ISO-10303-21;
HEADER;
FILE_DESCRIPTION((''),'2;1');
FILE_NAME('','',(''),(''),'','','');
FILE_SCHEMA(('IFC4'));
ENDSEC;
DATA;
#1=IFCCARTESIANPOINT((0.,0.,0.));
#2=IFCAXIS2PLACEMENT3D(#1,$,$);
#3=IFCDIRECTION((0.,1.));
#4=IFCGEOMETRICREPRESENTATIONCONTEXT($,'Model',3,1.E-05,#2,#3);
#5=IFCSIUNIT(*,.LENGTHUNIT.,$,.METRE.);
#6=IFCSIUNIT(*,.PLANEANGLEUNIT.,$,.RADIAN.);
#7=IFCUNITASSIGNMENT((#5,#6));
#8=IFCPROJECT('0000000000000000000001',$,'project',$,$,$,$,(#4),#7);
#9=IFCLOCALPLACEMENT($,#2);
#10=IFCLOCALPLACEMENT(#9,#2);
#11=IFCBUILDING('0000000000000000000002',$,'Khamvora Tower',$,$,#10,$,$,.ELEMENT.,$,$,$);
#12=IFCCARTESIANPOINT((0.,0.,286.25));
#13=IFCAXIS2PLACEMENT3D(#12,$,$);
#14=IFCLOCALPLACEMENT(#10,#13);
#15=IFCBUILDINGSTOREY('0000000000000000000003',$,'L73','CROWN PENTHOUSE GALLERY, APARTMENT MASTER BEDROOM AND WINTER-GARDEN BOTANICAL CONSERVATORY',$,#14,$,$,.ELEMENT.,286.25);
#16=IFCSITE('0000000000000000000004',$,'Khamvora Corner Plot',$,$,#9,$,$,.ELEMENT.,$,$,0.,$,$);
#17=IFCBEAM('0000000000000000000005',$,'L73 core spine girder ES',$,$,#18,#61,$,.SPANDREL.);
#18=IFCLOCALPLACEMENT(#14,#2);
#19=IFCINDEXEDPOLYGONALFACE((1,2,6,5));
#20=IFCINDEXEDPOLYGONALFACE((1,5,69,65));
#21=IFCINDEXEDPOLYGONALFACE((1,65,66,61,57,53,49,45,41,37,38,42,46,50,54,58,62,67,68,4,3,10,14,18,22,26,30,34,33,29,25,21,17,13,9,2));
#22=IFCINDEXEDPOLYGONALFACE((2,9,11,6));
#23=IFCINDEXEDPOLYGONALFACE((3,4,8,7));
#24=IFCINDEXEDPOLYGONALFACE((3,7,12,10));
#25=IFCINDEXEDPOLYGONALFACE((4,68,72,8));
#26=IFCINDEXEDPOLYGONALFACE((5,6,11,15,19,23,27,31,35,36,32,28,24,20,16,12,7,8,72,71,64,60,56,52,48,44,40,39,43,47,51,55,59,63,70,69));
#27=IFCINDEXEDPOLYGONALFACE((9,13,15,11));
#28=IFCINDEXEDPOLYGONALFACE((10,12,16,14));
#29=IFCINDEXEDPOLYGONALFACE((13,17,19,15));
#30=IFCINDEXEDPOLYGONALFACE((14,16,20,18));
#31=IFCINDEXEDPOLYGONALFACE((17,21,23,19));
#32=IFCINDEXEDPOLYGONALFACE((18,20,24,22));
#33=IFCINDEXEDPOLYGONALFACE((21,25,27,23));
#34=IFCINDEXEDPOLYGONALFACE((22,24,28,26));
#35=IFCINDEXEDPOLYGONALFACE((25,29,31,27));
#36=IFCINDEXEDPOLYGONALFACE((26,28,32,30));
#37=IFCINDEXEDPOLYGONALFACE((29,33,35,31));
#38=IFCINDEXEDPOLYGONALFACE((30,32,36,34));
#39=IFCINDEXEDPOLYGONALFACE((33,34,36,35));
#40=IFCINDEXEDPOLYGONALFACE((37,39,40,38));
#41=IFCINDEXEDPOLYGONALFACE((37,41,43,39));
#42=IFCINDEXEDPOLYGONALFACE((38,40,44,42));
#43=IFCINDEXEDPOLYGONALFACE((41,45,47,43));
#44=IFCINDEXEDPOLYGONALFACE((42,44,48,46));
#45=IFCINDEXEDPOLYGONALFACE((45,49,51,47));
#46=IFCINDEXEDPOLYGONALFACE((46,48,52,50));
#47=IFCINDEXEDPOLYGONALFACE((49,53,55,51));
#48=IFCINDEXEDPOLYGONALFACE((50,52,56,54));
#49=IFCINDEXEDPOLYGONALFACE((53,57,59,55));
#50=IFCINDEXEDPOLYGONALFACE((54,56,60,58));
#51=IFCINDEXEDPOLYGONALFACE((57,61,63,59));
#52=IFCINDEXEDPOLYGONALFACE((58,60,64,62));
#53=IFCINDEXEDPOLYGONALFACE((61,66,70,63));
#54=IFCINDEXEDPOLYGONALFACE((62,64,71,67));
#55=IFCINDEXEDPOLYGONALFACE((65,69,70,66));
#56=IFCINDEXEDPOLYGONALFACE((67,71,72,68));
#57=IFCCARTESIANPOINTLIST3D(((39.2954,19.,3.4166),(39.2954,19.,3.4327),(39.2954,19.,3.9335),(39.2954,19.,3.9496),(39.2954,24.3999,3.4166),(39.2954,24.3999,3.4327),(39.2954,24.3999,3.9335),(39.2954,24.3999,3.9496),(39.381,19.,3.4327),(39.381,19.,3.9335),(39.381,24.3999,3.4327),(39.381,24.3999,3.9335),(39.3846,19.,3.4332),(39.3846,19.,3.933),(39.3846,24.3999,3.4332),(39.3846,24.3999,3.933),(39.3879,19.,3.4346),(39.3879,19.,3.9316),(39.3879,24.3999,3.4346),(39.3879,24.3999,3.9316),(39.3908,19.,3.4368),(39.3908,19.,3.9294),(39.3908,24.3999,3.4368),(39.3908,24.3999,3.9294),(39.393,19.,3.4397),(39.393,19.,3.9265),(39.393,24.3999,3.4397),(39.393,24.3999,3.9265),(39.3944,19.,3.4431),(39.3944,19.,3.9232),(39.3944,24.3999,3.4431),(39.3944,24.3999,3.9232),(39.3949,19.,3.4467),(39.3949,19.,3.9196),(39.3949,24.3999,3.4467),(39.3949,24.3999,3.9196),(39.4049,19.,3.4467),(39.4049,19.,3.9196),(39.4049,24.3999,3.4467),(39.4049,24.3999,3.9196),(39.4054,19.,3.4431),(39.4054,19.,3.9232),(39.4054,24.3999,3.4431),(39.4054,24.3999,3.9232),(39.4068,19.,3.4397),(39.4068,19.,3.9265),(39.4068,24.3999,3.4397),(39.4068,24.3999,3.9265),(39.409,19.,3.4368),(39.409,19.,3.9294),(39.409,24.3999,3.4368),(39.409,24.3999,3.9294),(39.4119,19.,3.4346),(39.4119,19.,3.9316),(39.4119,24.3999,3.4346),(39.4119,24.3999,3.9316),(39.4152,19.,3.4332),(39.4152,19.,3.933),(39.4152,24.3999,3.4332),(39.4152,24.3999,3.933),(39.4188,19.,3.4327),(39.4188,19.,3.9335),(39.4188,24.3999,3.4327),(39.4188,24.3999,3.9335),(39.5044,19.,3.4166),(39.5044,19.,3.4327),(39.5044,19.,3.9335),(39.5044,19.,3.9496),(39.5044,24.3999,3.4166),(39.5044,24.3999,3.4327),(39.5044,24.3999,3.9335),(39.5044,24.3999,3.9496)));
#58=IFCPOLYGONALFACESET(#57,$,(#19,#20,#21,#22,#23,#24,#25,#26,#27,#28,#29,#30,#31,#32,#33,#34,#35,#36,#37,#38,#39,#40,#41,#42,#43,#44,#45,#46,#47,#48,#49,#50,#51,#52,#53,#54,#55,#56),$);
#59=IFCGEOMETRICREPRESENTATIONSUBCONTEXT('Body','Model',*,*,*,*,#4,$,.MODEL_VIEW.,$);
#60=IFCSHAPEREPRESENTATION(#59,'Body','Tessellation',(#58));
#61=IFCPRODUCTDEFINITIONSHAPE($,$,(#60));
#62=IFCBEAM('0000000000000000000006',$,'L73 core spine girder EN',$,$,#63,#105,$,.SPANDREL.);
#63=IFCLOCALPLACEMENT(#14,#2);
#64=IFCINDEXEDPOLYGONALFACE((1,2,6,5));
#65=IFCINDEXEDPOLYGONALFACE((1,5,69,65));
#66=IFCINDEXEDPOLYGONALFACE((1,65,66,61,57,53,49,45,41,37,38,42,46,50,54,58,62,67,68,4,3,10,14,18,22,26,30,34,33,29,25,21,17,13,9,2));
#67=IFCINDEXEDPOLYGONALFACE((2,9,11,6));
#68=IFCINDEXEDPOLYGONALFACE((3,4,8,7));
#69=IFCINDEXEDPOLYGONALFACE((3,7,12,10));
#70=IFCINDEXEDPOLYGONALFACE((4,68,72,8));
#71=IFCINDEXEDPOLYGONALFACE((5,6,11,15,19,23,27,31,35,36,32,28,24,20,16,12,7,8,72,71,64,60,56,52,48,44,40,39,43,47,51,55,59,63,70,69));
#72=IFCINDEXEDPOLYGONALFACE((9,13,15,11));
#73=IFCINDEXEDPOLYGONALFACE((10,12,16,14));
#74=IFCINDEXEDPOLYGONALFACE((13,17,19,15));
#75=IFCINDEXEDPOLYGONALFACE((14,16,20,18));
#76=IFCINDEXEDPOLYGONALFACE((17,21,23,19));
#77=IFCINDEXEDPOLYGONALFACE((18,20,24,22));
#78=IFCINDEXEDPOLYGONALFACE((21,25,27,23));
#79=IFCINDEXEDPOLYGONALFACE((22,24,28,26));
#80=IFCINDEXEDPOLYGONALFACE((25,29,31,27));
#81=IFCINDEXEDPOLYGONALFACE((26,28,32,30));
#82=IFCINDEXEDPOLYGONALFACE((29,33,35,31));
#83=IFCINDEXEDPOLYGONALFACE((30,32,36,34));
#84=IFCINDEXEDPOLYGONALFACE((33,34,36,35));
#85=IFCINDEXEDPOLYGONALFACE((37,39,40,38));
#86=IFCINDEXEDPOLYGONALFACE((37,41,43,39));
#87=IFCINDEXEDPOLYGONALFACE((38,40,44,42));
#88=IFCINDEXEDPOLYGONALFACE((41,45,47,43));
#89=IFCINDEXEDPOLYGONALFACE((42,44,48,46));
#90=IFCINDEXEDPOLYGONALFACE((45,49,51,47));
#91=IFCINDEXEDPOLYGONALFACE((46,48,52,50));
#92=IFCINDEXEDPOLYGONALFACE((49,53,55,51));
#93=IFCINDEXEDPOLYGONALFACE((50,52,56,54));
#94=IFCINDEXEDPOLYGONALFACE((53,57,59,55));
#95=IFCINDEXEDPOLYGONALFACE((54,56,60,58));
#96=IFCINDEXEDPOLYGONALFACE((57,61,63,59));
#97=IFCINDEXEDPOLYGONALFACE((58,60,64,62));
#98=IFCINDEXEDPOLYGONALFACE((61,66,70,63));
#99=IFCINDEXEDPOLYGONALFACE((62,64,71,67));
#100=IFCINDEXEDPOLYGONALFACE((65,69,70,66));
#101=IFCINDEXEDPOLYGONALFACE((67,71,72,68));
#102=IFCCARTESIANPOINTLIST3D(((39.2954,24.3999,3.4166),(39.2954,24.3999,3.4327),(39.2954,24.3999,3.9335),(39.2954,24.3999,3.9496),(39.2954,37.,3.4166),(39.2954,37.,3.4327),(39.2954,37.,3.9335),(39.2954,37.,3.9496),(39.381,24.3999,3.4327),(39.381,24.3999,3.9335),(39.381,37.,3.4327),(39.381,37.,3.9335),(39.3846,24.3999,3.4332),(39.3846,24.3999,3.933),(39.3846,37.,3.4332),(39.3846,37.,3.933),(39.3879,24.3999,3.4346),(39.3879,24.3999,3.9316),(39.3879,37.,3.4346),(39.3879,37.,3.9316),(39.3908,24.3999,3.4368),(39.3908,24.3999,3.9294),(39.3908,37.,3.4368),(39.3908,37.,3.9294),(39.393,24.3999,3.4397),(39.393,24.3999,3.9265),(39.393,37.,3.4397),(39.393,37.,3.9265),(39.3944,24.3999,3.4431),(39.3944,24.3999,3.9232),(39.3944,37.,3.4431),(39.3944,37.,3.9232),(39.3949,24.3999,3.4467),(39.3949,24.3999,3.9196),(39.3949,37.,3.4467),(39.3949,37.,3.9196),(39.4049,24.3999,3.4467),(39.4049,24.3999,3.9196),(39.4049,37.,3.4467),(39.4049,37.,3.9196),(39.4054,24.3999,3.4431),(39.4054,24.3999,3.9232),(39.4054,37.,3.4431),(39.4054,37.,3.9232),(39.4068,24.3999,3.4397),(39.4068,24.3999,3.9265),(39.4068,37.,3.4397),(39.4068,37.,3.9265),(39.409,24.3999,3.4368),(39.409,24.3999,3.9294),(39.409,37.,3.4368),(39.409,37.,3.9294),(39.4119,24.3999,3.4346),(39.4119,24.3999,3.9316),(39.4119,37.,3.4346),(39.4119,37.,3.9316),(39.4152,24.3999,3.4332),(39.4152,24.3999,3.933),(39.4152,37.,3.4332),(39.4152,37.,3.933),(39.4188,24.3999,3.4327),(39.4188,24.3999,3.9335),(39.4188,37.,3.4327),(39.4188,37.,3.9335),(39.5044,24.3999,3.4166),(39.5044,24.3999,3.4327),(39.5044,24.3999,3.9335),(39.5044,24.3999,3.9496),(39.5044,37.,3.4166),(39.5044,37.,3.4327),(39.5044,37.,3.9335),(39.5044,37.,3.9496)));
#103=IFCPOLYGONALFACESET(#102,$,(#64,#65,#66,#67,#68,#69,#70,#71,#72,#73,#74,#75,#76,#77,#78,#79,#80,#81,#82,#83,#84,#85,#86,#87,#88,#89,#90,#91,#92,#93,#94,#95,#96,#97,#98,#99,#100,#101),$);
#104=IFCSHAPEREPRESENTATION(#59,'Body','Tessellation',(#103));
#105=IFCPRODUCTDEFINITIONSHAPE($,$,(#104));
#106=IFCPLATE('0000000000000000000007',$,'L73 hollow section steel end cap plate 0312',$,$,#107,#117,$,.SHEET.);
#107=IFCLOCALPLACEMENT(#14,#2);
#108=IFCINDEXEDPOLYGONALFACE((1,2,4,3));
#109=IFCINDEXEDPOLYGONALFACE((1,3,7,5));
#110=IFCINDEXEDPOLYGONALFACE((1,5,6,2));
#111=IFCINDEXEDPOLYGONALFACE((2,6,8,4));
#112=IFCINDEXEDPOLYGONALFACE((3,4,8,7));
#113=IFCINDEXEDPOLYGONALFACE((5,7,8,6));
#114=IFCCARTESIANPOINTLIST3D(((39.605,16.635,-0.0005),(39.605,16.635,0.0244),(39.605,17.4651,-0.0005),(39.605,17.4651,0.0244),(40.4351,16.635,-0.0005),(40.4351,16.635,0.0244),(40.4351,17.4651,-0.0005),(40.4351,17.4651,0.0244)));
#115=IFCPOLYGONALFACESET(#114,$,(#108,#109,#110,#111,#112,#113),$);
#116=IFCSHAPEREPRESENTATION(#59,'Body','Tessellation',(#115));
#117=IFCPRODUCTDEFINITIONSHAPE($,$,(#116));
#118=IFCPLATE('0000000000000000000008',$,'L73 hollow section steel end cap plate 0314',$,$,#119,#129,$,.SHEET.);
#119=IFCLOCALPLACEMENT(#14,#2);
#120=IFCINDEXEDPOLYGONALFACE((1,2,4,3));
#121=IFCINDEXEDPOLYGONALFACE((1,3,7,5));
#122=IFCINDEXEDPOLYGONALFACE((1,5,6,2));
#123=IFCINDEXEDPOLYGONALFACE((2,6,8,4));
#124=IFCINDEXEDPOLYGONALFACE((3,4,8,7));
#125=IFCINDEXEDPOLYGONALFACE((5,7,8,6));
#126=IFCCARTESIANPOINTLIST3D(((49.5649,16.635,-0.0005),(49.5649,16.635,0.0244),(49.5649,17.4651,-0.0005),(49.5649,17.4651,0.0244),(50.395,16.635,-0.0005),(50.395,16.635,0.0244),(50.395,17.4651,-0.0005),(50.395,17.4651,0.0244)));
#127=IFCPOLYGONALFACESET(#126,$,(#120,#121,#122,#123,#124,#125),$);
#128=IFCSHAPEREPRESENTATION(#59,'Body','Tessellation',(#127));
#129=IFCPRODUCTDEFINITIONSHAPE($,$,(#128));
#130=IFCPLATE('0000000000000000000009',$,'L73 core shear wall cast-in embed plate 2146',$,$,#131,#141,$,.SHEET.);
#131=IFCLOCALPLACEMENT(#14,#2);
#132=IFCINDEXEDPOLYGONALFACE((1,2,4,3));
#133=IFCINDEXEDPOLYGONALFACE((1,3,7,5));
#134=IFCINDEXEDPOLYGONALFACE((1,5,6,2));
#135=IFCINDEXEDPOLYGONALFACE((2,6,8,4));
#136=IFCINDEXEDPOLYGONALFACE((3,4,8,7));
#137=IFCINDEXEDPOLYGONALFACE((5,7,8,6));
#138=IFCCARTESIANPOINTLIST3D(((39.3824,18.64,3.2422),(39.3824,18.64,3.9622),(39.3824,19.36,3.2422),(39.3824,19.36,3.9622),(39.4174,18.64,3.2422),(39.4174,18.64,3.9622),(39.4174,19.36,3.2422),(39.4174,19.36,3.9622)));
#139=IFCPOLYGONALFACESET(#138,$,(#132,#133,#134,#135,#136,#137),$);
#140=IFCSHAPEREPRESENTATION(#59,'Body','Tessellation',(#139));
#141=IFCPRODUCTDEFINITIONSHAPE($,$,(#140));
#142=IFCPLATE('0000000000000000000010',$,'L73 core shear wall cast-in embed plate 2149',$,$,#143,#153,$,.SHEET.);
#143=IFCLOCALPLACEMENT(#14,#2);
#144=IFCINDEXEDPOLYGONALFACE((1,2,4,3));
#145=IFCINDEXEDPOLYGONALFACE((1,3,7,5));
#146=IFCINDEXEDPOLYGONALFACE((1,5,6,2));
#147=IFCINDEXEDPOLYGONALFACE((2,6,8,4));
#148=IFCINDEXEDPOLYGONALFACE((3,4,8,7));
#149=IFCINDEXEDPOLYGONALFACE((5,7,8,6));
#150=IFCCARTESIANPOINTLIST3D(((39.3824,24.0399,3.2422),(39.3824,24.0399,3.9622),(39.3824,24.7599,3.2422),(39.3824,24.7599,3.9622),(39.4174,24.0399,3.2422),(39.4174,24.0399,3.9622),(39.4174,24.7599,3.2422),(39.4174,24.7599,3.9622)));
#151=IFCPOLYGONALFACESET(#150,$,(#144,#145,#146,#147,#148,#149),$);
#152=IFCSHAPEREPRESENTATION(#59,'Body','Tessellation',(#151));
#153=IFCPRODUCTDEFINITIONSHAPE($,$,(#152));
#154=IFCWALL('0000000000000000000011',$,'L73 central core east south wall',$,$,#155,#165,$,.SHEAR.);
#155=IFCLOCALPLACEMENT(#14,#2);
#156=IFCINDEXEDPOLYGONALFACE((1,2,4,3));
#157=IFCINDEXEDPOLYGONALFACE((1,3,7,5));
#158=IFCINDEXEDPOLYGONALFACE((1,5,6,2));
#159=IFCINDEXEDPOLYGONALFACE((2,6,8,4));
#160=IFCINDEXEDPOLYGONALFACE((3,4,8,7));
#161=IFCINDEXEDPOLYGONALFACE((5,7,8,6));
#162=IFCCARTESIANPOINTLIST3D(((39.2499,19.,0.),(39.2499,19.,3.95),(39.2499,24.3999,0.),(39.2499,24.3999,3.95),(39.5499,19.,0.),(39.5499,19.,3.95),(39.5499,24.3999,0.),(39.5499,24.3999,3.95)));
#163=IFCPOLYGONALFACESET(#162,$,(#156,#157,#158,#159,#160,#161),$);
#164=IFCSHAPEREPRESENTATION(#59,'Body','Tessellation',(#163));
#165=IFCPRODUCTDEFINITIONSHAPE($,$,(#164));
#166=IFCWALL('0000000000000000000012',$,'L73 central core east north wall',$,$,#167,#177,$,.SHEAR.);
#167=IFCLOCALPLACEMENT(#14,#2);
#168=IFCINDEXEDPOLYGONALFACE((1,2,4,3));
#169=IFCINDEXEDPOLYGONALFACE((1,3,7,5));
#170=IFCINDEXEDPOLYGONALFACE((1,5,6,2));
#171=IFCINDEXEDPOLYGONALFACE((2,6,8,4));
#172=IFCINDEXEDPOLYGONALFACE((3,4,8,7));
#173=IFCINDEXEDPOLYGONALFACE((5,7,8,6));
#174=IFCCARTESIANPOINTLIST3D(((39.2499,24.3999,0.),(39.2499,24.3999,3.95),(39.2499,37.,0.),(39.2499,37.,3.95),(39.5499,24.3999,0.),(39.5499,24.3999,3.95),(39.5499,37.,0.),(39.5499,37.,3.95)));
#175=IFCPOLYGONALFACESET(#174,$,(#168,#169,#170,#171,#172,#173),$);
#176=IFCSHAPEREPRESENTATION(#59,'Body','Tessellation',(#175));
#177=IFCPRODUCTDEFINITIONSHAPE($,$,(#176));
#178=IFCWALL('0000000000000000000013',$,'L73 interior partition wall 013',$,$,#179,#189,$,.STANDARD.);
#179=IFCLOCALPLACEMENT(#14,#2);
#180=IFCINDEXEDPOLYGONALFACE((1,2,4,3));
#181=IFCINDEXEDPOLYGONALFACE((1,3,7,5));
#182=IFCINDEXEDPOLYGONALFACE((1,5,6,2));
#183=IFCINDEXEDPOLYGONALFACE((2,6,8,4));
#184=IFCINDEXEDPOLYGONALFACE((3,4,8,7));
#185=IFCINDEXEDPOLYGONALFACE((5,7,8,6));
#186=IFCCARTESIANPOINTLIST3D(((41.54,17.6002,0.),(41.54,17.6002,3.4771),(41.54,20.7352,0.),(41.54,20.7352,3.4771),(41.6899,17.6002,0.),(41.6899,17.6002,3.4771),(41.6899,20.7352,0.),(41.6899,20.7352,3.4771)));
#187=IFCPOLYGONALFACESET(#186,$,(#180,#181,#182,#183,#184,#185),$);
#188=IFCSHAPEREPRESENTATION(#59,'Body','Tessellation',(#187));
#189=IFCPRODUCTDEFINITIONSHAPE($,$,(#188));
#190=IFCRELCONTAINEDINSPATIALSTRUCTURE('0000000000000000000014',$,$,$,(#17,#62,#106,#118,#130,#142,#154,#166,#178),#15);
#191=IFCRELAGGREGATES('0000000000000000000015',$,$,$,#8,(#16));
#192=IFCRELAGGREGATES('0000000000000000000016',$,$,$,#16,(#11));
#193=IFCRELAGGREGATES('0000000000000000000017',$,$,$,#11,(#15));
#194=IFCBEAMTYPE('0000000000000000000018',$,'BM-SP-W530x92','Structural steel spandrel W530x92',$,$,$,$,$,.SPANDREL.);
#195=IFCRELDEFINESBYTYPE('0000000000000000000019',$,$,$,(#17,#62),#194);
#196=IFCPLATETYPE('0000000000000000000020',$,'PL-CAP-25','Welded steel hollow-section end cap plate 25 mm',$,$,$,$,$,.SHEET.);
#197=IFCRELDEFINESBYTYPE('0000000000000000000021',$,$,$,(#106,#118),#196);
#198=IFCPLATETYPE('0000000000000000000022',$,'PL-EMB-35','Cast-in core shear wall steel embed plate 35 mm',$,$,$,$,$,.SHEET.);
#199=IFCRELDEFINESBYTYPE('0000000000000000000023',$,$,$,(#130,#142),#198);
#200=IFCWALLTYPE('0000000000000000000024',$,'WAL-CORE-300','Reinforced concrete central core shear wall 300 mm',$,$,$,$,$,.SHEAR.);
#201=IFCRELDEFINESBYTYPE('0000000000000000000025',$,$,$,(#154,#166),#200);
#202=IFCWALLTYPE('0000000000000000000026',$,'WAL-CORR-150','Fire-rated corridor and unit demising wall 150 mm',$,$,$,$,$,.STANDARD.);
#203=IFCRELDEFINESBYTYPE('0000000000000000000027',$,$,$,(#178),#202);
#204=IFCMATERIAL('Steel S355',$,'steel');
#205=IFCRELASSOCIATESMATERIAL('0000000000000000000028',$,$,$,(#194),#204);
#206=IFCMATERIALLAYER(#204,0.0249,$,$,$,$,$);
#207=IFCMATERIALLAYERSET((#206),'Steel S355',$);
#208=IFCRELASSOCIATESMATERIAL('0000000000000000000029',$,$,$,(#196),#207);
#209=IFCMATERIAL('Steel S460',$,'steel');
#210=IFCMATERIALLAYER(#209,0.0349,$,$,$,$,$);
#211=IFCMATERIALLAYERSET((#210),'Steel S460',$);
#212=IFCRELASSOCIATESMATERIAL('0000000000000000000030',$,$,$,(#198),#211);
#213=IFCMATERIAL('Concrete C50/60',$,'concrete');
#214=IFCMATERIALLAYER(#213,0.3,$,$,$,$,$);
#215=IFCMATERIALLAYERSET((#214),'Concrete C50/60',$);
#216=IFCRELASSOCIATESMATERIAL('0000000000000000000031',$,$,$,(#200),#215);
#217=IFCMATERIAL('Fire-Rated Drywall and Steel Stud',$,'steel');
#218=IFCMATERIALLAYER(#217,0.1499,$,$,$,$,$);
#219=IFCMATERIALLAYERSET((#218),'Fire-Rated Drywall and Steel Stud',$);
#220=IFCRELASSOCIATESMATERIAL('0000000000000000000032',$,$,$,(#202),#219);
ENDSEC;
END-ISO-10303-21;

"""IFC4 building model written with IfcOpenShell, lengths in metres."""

from ifc_helpers import new_model, si_unit, direction, frame, frame_2d, origin, origin_2d, place, context, subcontext, project, spatial, rectangle, i_section, extrude, material, layer, layer_set, material_profile, profile_set, type_object, element, save


model = new_model("IFC4")

# Units and contexts
model_context = context("Model", 3, precision=1e-05, world=origin(), true_north=direction((0.0, 1.0)))
body_context = subcontext(model_context, "Body", "Model", "MODEL_VIEW")
ifc_project = project(units=[si_unit("LENGTHUNIT", "METRE"), si_unit("PLANEANGLEUNIT", "RADIAN")], contexts=[model_context])

# Site, building, storey
site_placement = place(None, origin())
site = spatial("IfcSite", under=ifc_project, at=site_placement, Name="Khamvora Corner Plot", CompositionType="ELEMENT", RefElevation=0.0)
building_placement = place(site_placement, origin())
building = spatial("IfcBuilding", under=site, at=building_placement, Name="Khamvora Tower", CompositionType="ELEMENT")
storey_placement = place(building_placement, frame((0.0, 0.0, 286.25)))
storey = spatial("IfcBuildingStorey", under=building, at=storey_placement, Name="L73", Description="CROWN PENTHOUSE GALLERY, APARTMENT MASTER BEDROOM AND WINTER-GARDEN BOTANICAL CONSERVATORY", CompositionType="ELEMENT", Elevation=286.25)

# Shared definitions
ifc_material_1 = material(Name="Steel S355", Category="steel")

# Beams
ifc_material_profile_1 = material_profile(ifc_material_1, i_section(OverallWidth=0.209, OverallDepth=0.533, WebThickness=0.01, FlangeThickness=0.0161, FilletRadius=0.0139, at=origin_2d()), Name="W530x92")
ifc_profile_set_1 = profile_set([ifc_material_profile_1], Name="Steel S355")
beam_type_1 = type_object("IfcBeamType", Name="BM-SP-W530x92", Description="Structural steel spandrel W530x92", PredefinedType="SPANDREL", material=ifc_profile_set_1)
beam_1_placement = place(storey_placement, frame((39.3999, 19.0, 3.6831), z_axis=(0.0, 1.0, 0.0), x_axis=(-1.0, 0.0, 0.0)))
element("IfcBeam", 1, at=beam_1_placement, inside=storey, type_object=beam_type_1, Name="L73 core spine girder ES", PredefinedType="SPANDREL", context=body_context, shape_type="SweptSolid", body=[
    extrude(i_section(OverallWidth=0.209, OverallDepth=0.533, WebThickness=0.01, FlangeThickness=0.0161, FilletRadius=0.0139, at=origin_2d()), origin(), (0.0, 0.0, 1.0), 5.3999),
])
beam_2_placement = place(storey_placement, frame((39.3999, 24.3999, 3.6831), z_axis=(0.0, 1.0, 0.0), x_axis=(-1.0, 0.0, 0.0)))
element("IfcBeam", 2, at=beam_2_placement, inside=storey, type_object=beam_type_1, Name="L73 core spine girder EN", PredefinedType="SPANDREL", context=body_context, shape_type="SweptSolid", body=[
    extrude(i_section(OverallWidth=0.209, OverallDepth=0.533, WebThickness=0.01, FlangeThickness=0.0161, FilletRadius=0.0139, at=origin_2d()), origin(), (0.0, 0.0, 1.0), 12.6001),
])

# Plates
ifc_layer_1 = layer(ifc_material_1, 0.0249)
ifc_layer_set_1 = layer_set([ifc_layer_1], Name="Steel S355")
plate_type_1 = type_object("IfcPlateType", Name="PL-CAP-25", Description="Welded steel hollow-section end cap plate 25 mm", PredefinedType="SHEET", material=ifc_layer_set_1)
for number, where, z_axis, x_axis, name in (
    (3, (40.02, 17.05, -0.0005), (0.0, 0.0, 1.0), (1.0, 0.0, 0.0), "L73 hollow section steel end cap plate 0312"),
    (4, (49.98, 17.05, -0.0005), (0.0, 0.0, 1.0), (1.0, 0.0, 0.0), "L73 hollow section steel end cap plate 0314"),
):
    element("IfcPlate", number, at=place(storey_placement, frame(where, z_axis=z_axis, x_axis=x_axis)), inside=storey, type_object=plate_type_1, Name=name, PredefinedType="SHEET", context=body_context, shape_type="SweptSolid", body=[
        extrude(rectangle(XDim=0.8301, YDim=0.8301, at=origin_2d()), origin(), (0.0, 0.0, 1.0), 0.0249),
    ])
ifc_material_2 = material(Name="Steel S460", Category="steel")
ifc_layer_2 = layer(ifc_material_2, 0.0349)
ifc_layer_set_2 = layer_set([ifc_layer_2], Name="Steel S460")
plate_type_2 = type_object("IfcPlateType", Name="PL-EMB-35", Description="Cast-in core shear wall steel embed plate 35 mm", PredefinedType="SHEET", material=ifc_layer_set_2)
for number, where, z_axis, x_axis, name in (
    (5, (39.3999, 19.0, 3.2422), (0.0, 0.0, 1.0), (1.0, 0.0, 0.0), "L73 core shear wall cast-in embed plate 2146"),
    (6, (39.3999, 24.3999, 3.2422), (0.0, 0.0, 1.0), (1.0, 0.0, 0.0), "L73 core shear wall cast-in embed plate 2149"),
):
    element("IfcPlate", number, at=place(storey_placement, frame(where, z_axis=z_axis, x_axis=x_axis)), inside=storey, type_object=plate_type_2, Name=name, PredefinedType="SHEET", context=body_context, shape_type="SweptSolid", body=[
        extrude(rectangle(XDim=0.0349, YDim=0.72, at=origin_2d()), origin(), (0.0, 0.0, 1.0), 0.72),
    ])

# Walls
ifc_material_3 = material(Name="Concrete C50/60", Category="concrete")
ifc_layer_3 = layer(ifc_material_3, 0.3)
ifc_layer_set_3 = layer_set([ifc_layer_3], Name="Concrete C50/60")
wall_type_1 = type_object("IfcWallType", Name="WAL-CORE-300", Description="Reinforced concrete central core shear wall 300 mm", PredefinedType="SHEAR", material=ifc_layer_set_3)
wall_1_placement = place(storey_placement, frame((39.3999, 19.0, 0.0), z_axis=(0.0, 0.0, 1.0), x_axis=(0.0, 1.0, 0.0)))
element("IfcWall", 7, at=wall_1_placement, inside=storey, type_object=wall_type_1, Name="L73 central core east south wall", PredefinedType="SHEAR", context=body_context, shape_type="SweptSolid", body=[
    extrude(rectangle(XDim=5.3999, YDim=0.3, at=frame_2d((2.7, 0.0))), origin(), (0.0, 0.0, 1.0), 3.95),
])
wall_2_placement = place(storey_placement, frame((39.3999, 24.3999, 0.0), z_axis=(0.0, 0.0, 1.0), x_axis=(0.0, 1.0, 0.0)))
element("IfcWall", 8, at=wall_2_placement, inside=storey, type_object=wall_type_1, Name="L73 central core east north wall", PredefinedType="SHEAR", context=body_context, shape_type="SweptSolid", body=[
    extrude(rectangle(XDim=12.6001, YDim=0.3, at=frame_2d((6.3, 0.0))), origin(), (0.0, 0.0, 1.0), 3.95),
])

# Shared definitions
ifc_material_4 = material(Name="Fire-Rated Drywall and Steel Stud", Category="steel")
ifc_layer_4 = layer(ifc_material_4, 0.1499)
ifc_layer_set_4 = layer_set([ifc_layer_4], Name="Fire-Rated Drywall and Steel Stud")
wall_type_2 = type_object("IfcWallType", Name="WAL-CORR-150", Description="Fire-rated corridor and unit demising wall 150 mm", PredefinedType="STANDARD", material=ifc_layer_set_4)

# Wall
wall_3_placement = place(storey_placement, frame((41.615, 20.7351, 0.0), z_axis=(0.0, 0.0, 1.0), x_axis=(0.0, -1.0, 0.0)))
element("IfcWall", 9, at=wall_3_placement, inside=storey, type_object=wall_type_2, Name="L73 interior partition wall 013", PredefinedType="STANDARD", context=body_context, shape_type="SweptSolid", body=[
    extrude(rectangle(XDim=3.135, YDim=0.1499, at=frame_2d((1.5674, 0.0))), origin(), (0.0, 0.0, 1.0), 3.4771),
])

save(model, "model.ifc")
